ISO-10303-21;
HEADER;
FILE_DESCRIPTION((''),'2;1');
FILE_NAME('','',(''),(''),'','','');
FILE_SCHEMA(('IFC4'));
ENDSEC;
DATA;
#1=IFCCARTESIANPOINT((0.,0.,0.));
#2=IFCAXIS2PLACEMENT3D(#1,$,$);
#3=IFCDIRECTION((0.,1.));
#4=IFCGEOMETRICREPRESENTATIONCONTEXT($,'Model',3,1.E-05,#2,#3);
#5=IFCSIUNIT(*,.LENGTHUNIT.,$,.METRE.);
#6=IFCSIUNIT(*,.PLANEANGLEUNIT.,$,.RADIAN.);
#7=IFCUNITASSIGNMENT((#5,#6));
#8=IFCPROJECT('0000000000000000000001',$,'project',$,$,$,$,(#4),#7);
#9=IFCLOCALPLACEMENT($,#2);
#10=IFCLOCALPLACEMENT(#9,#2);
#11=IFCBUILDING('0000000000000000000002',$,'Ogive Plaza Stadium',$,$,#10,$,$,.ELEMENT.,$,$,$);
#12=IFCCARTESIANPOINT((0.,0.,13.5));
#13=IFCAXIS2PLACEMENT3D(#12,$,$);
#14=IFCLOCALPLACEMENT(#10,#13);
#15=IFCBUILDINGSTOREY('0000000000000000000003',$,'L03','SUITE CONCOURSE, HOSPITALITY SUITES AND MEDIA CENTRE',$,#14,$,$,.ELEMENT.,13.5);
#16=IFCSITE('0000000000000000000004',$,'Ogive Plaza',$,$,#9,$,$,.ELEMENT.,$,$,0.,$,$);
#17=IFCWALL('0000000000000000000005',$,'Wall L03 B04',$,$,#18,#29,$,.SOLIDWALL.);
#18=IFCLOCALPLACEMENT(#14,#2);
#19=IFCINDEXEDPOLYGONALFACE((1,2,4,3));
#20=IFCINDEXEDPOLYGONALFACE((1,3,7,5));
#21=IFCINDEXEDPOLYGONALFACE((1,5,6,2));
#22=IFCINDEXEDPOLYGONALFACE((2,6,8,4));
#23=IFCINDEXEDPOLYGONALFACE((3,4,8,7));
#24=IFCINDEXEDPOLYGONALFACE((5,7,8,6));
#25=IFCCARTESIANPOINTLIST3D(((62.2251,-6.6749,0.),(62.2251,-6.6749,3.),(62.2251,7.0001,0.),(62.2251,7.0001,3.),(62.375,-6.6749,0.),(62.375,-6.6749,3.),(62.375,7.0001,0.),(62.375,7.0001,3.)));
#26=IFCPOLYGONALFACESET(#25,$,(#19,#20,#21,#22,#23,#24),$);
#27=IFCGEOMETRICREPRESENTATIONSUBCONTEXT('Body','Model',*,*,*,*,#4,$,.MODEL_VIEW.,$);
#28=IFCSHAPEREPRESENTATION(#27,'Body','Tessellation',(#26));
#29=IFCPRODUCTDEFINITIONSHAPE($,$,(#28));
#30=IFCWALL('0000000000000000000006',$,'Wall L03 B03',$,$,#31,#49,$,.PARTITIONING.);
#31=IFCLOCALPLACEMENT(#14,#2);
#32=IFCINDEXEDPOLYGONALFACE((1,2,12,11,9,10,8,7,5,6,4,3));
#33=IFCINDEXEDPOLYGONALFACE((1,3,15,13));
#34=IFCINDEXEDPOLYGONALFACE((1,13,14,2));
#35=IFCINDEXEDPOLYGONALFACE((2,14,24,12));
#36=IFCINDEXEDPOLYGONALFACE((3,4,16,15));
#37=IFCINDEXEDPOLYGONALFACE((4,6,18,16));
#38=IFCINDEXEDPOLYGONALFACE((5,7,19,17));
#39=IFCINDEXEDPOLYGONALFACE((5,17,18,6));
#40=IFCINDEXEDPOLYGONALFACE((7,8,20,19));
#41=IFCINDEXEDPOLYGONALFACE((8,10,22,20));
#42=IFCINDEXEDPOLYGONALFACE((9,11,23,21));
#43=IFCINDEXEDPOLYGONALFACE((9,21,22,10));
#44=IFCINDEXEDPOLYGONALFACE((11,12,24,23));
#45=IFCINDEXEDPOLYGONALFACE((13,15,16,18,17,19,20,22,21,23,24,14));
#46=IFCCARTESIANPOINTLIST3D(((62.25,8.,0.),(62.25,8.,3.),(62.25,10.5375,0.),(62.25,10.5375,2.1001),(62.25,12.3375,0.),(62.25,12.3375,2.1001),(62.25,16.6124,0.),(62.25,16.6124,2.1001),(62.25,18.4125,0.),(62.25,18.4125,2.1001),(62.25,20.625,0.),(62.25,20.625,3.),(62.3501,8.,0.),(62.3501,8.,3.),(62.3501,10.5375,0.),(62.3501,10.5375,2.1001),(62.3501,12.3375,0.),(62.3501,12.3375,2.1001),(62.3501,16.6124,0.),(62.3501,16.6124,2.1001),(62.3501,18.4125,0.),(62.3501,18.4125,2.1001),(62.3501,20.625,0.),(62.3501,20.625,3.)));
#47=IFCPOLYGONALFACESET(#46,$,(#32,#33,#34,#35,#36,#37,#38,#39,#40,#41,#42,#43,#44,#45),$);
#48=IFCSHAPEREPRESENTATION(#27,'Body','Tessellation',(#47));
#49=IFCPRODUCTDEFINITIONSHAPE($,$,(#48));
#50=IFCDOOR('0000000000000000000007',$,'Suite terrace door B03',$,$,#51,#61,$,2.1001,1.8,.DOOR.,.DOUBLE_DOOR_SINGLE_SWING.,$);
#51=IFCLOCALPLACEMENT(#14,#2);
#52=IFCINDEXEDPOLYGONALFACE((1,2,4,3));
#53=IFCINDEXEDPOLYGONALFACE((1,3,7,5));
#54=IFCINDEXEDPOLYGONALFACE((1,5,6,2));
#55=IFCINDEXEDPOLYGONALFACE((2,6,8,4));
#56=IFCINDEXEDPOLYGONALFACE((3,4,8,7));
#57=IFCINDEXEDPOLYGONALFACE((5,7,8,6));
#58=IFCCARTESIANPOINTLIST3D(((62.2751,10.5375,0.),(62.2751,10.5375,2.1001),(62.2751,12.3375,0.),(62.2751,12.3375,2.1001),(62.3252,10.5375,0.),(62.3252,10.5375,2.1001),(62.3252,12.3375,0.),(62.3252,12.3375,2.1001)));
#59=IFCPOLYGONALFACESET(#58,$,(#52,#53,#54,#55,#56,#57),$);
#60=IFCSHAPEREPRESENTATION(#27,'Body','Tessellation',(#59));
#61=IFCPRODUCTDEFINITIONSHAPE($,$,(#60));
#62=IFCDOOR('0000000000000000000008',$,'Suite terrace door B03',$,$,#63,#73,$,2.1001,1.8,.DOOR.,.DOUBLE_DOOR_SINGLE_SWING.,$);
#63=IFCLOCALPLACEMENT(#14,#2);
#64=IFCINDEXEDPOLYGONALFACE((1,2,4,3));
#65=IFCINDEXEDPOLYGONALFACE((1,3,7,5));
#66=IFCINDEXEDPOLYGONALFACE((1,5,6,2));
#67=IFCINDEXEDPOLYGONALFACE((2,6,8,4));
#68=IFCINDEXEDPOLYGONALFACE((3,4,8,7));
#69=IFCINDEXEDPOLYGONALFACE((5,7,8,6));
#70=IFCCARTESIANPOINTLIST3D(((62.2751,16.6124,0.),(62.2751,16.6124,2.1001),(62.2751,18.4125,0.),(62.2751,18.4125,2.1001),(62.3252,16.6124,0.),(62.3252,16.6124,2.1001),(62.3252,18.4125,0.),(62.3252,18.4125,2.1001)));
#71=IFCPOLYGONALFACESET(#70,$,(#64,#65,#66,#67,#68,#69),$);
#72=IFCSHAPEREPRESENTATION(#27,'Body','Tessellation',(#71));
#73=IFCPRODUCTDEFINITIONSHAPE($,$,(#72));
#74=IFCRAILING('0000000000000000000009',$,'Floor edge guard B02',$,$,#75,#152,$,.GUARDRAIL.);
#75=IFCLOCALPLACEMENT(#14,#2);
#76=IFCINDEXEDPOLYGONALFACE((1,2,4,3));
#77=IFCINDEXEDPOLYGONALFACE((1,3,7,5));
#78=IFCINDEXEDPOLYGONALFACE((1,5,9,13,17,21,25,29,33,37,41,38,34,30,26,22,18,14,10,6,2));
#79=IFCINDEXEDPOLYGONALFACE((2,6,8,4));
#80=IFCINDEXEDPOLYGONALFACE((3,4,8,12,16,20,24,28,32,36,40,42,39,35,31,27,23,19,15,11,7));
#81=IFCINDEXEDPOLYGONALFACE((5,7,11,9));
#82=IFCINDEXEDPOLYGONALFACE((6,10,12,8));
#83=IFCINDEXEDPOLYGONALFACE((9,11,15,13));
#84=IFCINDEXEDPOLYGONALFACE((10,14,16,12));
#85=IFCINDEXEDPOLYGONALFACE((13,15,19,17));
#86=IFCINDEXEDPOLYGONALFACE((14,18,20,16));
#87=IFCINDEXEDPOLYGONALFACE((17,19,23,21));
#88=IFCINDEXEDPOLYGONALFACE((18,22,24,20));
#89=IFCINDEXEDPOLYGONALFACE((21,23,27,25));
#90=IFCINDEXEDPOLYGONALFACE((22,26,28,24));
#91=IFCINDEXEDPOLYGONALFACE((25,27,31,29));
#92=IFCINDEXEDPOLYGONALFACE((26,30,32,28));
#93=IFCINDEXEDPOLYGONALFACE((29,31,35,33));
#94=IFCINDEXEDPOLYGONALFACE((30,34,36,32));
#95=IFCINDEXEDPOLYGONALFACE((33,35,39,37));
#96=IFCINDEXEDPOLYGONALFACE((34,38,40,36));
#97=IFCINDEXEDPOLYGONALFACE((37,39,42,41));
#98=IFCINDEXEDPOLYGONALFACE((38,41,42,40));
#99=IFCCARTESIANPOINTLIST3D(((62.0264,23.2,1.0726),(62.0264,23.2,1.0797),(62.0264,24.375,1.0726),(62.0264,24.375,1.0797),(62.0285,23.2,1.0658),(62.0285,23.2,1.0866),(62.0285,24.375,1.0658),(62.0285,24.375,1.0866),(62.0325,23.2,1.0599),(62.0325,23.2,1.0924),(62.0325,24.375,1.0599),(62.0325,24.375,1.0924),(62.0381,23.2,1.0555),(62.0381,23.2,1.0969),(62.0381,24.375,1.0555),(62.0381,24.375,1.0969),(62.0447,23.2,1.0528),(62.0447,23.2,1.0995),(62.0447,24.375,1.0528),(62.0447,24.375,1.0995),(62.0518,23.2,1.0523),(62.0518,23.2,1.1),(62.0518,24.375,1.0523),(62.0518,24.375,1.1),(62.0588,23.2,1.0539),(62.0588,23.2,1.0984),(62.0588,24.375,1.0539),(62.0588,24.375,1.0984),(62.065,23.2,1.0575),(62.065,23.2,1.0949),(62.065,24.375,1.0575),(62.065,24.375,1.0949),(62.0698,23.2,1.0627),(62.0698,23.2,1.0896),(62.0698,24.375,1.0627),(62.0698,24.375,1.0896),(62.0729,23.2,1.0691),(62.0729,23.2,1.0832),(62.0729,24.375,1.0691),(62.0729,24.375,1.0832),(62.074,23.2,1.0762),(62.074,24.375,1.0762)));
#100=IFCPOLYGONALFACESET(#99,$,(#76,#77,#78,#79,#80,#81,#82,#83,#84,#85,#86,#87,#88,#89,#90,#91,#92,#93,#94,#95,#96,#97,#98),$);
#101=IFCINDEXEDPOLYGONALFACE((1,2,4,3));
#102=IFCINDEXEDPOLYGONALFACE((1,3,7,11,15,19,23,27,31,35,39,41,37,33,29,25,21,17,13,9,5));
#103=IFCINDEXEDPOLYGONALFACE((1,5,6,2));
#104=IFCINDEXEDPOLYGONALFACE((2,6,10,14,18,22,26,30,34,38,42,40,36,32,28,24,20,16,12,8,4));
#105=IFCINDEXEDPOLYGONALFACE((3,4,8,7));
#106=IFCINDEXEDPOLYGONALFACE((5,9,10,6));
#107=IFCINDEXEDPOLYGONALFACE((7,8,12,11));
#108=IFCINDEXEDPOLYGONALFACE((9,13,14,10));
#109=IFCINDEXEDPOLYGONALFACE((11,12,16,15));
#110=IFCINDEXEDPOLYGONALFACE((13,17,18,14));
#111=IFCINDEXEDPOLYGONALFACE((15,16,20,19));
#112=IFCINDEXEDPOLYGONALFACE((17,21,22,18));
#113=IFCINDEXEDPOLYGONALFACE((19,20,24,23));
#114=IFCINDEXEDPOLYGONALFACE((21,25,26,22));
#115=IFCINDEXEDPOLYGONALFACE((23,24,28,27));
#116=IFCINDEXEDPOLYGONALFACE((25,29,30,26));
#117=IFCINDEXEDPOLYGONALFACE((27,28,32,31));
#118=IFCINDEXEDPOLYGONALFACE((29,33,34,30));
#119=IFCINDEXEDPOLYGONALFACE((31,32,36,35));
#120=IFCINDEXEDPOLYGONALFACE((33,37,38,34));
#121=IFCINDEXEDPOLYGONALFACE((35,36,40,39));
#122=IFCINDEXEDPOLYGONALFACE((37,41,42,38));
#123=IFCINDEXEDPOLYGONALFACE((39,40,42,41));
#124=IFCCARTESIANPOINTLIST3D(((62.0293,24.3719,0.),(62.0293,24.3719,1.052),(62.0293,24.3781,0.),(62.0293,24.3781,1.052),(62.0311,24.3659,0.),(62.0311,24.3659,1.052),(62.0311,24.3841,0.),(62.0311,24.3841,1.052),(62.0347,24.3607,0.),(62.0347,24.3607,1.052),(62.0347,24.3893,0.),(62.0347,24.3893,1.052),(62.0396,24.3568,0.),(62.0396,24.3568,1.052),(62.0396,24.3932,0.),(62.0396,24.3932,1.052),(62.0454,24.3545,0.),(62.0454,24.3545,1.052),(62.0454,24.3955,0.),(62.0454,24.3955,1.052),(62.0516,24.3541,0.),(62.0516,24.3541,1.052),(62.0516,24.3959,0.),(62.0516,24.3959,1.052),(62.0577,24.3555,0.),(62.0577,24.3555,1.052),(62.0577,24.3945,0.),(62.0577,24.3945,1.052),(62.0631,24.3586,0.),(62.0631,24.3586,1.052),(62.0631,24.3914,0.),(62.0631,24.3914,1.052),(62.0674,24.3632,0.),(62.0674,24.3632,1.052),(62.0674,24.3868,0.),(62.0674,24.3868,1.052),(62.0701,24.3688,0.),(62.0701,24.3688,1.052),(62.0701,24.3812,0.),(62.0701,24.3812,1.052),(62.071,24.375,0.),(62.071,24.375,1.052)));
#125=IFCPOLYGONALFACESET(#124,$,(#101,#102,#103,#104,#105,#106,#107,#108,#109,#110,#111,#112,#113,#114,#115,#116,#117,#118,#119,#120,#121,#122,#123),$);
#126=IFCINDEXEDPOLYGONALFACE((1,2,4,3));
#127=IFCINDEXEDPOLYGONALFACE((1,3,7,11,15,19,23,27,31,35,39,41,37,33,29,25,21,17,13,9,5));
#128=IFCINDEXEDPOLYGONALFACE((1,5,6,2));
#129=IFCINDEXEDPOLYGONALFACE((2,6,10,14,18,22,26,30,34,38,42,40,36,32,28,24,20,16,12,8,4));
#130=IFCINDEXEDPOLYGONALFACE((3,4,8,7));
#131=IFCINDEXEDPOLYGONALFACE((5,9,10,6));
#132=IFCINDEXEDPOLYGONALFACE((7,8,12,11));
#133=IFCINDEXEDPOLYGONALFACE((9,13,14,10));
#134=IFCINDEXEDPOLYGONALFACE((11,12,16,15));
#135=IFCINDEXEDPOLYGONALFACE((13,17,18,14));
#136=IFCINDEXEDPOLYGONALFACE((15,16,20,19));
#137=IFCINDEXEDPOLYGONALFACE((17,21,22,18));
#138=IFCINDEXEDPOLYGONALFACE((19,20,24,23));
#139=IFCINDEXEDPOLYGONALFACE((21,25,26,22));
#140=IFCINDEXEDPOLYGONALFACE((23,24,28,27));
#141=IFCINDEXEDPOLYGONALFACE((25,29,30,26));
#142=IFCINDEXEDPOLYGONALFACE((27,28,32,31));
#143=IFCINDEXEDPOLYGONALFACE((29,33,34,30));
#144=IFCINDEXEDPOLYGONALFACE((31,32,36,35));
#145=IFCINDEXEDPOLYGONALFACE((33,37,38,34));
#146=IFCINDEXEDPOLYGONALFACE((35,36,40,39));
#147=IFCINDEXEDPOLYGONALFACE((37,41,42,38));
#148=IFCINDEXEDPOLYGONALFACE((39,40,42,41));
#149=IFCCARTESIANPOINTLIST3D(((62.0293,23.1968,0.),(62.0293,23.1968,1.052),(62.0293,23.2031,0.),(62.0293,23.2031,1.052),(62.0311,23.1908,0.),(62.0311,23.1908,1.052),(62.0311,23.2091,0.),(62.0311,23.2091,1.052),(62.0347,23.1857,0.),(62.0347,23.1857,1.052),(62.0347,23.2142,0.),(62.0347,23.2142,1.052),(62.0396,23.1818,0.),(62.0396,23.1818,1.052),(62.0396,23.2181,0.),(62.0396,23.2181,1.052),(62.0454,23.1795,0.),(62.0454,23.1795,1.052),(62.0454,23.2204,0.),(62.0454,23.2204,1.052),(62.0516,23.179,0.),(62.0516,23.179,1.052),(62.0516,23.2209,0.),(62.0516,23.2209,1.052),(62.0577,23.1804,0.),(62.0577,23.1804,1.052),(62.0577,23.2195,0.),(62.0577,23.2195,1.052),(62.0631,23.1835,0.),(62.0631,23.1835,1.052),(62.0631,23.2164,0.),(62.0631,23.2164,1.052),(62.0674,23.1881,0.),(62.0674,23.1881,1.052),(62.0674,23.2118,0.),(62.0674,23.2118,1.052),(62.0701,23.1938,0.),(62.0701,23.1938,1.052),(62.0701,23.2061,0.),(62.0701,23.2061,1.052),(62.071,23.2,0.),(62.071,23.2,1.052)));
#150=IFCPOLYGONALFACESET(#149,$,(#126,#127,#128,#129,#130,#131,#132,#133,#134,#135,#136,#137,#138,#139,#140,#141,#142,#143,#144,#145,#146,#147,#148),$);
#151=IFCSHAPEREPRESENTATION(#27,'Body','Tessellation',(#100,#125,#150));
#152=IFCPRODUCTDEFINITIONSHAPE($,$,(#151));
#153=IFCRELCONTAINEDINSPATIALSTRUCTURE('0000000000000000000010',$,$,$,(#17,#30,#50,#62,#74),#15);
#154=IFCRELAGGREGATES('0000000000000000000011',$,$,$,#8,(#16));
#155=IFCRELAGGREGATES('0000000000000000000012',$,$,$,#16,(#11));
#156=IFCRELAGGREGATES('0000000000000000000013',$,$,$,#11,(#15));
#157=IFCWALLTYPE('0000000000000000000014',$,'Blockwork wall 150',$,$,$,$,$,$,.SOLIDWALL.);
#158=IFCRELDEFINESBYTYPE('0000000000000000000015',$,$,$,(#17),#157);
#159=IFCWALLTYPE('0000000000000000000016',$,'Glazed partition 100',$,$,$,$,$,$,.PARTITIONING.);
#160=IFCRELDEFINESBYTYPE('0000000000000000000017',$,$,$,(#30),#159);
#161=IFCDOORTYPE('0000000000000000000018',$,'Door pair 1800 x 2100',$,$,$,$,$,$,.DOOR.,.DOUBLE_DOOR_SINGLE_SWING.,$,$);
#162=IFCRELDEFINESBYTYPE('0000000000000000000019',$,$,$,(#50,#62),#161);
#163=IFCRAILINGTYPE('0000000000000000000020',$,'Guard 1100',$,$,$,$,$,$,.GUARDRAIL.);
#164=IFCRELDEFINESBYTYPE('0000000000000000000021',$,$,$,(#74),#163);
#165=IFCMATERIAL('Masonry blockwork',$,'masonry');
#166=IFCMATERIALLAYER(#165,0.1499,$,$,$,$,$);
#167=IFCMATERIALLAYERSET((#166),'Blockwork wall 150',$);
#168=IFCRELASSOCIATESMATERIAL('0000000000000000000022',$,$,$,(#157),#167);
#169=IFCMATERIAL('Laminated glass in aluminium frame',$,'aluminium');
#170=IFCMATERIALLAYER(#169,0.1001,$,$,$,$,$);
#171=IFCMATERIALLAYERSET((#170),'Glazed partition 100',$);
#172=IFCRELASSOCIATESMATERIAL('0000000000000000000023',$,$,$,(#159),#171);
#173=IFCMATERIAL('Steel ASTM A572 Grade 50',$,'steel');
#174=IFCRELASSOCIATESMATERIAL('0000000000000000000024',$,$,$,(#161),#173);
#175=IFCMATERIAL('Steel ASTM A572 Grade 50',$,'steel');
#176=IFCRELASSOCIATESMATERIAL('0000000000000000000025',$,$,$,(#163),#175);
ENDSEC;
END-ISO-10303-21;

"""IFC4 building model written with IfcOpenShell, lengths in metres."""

from ifc_helpers import new_model, si_unit, direction, frame, frame_2d, origin, origin_2d, place, context, subcontext, project, spatial, rectangle, circle, extrude, material, layer, layer_set, type_object, element, fill, save


model = new_model("IFC4")

# Units and contexts
model_context = context("Model", 3, precision=1e-05, world=origin(), true_north=direction((0.0, 1.0)))
body_context = subcontext(model_context, "Body", "Model", "MODEL_VIEW")
ifc_project = project(units=[si_unit("LENGTHUNIT", "METRE"), si_unit("PLANEANGLEUNIT", "RADIAN")], contexts=[model_context])

# Site, building, storey
site_placement = place(None, origin())
site = spatial("IfcSite", under=ifc_project, at=site_placement, Name="Ogive Plaza", CompositionType="ELEMENT", RefElevation=0.0)
building_placement = place(site_placement, origin())
building = spatial("IfcBuilding", under=site, at=building_placement, Name="Ogive Plaza Stadium", CompositionType="ELEMENT")
storey_placement = place(building_placement, frame((0.0, 0.0, 13.5)))
storey = spatial("IfcBuildingStorey", under=building, at=storey_placement, Name="L03", Description="SUITE CONCOURSE, HOSPITALITY SUITES AND MEDIA CENTRE", CompositionType="ELEMENT", Elevation=13.5)

# Wall
ifc_material_1 = material(Name="Masonry blockwork", Category="masonry")
ifc_layer_1 = layer(ifc_material_1, 0.1499)
ifc_layer_set_1 = layer_set([ifc_layer_1], Name="Blockwork wall 150")
wall_type_1 = type_object("IfcWallType", Name="Blockwork wall 150", PredefinedType="SOLIDWALL", material=ifc_layer_set_1)
wall_1_placement = place(storey_placement, frame((62.3, 7.0, 0.0), z_axis=(0.0, 0.0, 1.0), x_axis=(0.0, -1.0, 0.0)))
element("IfcWall", 1, at=wall_1_placement, inside=storey, type_object=wall_type_1, Name="Wall L03 B04", PredefinedType="SOLIDWALL", context=body_context, shape_type="SweptSolid", body=[
    extrude(rectangle(XDim=13.675, YDim=0.1499, at=frame_2d((6.8374, 0.0))), origin(), (0.0, 0.0, 1.0), 3.0),
])

# Wall, openings, doors
ifc_material_2 = material(Name="Laminated glass in aluminium frame", Category="aluminium")
ifc_layer_2 = layer(ifc_material_2, 0.1001)
ifc_layer_set_2 = layer_set([ifc_layer_2], Name="Glazed partition 100")
wall_type_2 = type_object("IfcWallType", Name="Glazed partition 100", PredefinedType="PARTITIONING", material=ifc_layer_set_2)
wall_2_placement = place(storey_placement, frame((62.3, 8.0, 0.0), z_axis=(0.0, 0.0, 1.0), x_axis=(0.0, 1.0, 0.0)))
wall_2 = element("IfcWall", 2, at=wall_2_placement, inside=storey, type_object=wall_type_2, Name="Wall L03 B03", PredefinedType="PARTITIONING", context=body_context, shape_type="SweptSolid", body=[
    extrude(rectangle(XDim=12.625, YDim=0.1001, at=frame_2d((6.3125, 0.0))), origin(), (0.0, 0.0, 1.0), 3.0),
])
opening_1_placement = place(wall_2_placement, frame((2.5376, 0.0, 0.0)))
opening_1 = element("IfcOpeningElement", 3, at=opening_1_placement, cuts=wall_2, PredefinedType="OPENING", context=body_context, shape_type="SweptSolid", body=[
    extrude(rectangle(XDim=1.8, YDim=2.1001, at=frame_2d((0.8999, 1.05))), frame((0.0, 0.05, 0.0), z_axis=(0.0, -1.0, 0.0), x_axis=(1.0, 0.0, 0.0)), (0.0, 0.0, 1.0), 0.1001),
])
opening_2_placement = place(wall_2_placement, frame((8.6125, 0.0, 0.0)))
opening_2 = element("IfcOpeningElement", 4, at=opening_2_placement, cuts=wall_2, PredefinedType="OPENING", context=body_context, shape_type="SweptSolid", body=[
    extrude(rectangle(XDim=1.8, YDim=2.1001, at=frame_2d((0.8999, 1.05))), frame((0.0, 0.05, 0.0), z_axis=(0.0, -1.0, 0.0), x_axis=(1.0, 0.0, 0.0)), (0.0, 0.0, 1.0), 0.1001),
])
ifc_material_3 = material(Name="Steel ASTM A572 Grade 50", Category="steel")
door_type = type_object("IfcDoorType", Name="Door pair 1800 x 2100", OperationType="DOUBLE_DOOR_SINGLE_SWING", PredefinedType="DOOR", material=ifc_material_3)
door_1_placement = place(opening_1_placement, origin())
door_1 = element("IfcDoor", 5, at=door_1_placement, inside=storey, type_object=door_type, Name="Suite terrace door B03", OperationType="DOUBLE_DOOR_SINGLE_SWING", OverallHeight=2.1001, OverallWidth=1.8, PredefinedType="DOOR", context=body_context, shape_type="SweptSolid", body=[
    extrude(rectangle(XDim=1.8, YDim=2.1001, at=frame_2d((0.8999, 1.05))), frame((0.0, 0.0249, 0.0), z_axis=(0.0, -1.0, 0.0), x_axis=(1.0, 0.0, 0.0)), (0.0, 0.0, 1.0), 0.05),
])
fill(opening_1, door_1)
door_2_placement = place(opening_2_placement, origin())
door_2 = element("IfcDoor", 6, at=door_2_placement, inside=storey, type_object=door_type, Name="Suite terrace door B03", OperationType="DOUBLE_DOOR_SINGLE_SWING", OverallHeight=2.1001, OverallWidth=1.8, PredefinedType="DOOR", context=body_context, shape_type="SweptSolid", body=[
    extrude(rectangle(XDim=1.8, YDim=2.1001, at=frame_2d((0.8999, 1.05))), frame((0.0, 0.0249, 0.0), z_axis=(0.0, -1.0, 0.0), x_axis=(1.0, 0.0, 0.0)), (0.0, 0.0, 1.0), 0.05),
])
fill(opening_2, door_2)

# Railing
ifc_material_4 = material(Name="Steel ASTM A572 Grade 50", Category="steel")
railing_type = type_object("IfcRailingType", Name="Guard 1100", PredefinedType="GUARDRAIL", material=ifc_material_4)
railing_1_placement = place(storey_placement, frame((62.05, 24.375, 0.0)))
element("IfcRailing", 7, at=railing_1_placement, inside=storey, type_object=railing_type, Name="Floor edge guard B02", PredefinedType="GUARDRAIL", context=body_context, shape_type="SweptSolid", body=[
    extrude(circle(Radius=0.0239, at=origin_2d()), frame((0.0, 0.0, 1.0762), z_axis=(0.0, -1.0, 0.0), x_axis=(1.0, 0.0, 0.0)), (0.0, 0.0, 1.0), 1.175),
    extrude(circle(Radius=0.021, at=origin_2d()), origin(), (0.0, 0.0, 1.0), 1.052),
    extrude(circle(Radius=0.021, at=origin_2d()), frame((0.0, -1.175, 0.0)), (0.0, 0.0, 1.0), 1.052),
])

save(model, "model.ifc")
